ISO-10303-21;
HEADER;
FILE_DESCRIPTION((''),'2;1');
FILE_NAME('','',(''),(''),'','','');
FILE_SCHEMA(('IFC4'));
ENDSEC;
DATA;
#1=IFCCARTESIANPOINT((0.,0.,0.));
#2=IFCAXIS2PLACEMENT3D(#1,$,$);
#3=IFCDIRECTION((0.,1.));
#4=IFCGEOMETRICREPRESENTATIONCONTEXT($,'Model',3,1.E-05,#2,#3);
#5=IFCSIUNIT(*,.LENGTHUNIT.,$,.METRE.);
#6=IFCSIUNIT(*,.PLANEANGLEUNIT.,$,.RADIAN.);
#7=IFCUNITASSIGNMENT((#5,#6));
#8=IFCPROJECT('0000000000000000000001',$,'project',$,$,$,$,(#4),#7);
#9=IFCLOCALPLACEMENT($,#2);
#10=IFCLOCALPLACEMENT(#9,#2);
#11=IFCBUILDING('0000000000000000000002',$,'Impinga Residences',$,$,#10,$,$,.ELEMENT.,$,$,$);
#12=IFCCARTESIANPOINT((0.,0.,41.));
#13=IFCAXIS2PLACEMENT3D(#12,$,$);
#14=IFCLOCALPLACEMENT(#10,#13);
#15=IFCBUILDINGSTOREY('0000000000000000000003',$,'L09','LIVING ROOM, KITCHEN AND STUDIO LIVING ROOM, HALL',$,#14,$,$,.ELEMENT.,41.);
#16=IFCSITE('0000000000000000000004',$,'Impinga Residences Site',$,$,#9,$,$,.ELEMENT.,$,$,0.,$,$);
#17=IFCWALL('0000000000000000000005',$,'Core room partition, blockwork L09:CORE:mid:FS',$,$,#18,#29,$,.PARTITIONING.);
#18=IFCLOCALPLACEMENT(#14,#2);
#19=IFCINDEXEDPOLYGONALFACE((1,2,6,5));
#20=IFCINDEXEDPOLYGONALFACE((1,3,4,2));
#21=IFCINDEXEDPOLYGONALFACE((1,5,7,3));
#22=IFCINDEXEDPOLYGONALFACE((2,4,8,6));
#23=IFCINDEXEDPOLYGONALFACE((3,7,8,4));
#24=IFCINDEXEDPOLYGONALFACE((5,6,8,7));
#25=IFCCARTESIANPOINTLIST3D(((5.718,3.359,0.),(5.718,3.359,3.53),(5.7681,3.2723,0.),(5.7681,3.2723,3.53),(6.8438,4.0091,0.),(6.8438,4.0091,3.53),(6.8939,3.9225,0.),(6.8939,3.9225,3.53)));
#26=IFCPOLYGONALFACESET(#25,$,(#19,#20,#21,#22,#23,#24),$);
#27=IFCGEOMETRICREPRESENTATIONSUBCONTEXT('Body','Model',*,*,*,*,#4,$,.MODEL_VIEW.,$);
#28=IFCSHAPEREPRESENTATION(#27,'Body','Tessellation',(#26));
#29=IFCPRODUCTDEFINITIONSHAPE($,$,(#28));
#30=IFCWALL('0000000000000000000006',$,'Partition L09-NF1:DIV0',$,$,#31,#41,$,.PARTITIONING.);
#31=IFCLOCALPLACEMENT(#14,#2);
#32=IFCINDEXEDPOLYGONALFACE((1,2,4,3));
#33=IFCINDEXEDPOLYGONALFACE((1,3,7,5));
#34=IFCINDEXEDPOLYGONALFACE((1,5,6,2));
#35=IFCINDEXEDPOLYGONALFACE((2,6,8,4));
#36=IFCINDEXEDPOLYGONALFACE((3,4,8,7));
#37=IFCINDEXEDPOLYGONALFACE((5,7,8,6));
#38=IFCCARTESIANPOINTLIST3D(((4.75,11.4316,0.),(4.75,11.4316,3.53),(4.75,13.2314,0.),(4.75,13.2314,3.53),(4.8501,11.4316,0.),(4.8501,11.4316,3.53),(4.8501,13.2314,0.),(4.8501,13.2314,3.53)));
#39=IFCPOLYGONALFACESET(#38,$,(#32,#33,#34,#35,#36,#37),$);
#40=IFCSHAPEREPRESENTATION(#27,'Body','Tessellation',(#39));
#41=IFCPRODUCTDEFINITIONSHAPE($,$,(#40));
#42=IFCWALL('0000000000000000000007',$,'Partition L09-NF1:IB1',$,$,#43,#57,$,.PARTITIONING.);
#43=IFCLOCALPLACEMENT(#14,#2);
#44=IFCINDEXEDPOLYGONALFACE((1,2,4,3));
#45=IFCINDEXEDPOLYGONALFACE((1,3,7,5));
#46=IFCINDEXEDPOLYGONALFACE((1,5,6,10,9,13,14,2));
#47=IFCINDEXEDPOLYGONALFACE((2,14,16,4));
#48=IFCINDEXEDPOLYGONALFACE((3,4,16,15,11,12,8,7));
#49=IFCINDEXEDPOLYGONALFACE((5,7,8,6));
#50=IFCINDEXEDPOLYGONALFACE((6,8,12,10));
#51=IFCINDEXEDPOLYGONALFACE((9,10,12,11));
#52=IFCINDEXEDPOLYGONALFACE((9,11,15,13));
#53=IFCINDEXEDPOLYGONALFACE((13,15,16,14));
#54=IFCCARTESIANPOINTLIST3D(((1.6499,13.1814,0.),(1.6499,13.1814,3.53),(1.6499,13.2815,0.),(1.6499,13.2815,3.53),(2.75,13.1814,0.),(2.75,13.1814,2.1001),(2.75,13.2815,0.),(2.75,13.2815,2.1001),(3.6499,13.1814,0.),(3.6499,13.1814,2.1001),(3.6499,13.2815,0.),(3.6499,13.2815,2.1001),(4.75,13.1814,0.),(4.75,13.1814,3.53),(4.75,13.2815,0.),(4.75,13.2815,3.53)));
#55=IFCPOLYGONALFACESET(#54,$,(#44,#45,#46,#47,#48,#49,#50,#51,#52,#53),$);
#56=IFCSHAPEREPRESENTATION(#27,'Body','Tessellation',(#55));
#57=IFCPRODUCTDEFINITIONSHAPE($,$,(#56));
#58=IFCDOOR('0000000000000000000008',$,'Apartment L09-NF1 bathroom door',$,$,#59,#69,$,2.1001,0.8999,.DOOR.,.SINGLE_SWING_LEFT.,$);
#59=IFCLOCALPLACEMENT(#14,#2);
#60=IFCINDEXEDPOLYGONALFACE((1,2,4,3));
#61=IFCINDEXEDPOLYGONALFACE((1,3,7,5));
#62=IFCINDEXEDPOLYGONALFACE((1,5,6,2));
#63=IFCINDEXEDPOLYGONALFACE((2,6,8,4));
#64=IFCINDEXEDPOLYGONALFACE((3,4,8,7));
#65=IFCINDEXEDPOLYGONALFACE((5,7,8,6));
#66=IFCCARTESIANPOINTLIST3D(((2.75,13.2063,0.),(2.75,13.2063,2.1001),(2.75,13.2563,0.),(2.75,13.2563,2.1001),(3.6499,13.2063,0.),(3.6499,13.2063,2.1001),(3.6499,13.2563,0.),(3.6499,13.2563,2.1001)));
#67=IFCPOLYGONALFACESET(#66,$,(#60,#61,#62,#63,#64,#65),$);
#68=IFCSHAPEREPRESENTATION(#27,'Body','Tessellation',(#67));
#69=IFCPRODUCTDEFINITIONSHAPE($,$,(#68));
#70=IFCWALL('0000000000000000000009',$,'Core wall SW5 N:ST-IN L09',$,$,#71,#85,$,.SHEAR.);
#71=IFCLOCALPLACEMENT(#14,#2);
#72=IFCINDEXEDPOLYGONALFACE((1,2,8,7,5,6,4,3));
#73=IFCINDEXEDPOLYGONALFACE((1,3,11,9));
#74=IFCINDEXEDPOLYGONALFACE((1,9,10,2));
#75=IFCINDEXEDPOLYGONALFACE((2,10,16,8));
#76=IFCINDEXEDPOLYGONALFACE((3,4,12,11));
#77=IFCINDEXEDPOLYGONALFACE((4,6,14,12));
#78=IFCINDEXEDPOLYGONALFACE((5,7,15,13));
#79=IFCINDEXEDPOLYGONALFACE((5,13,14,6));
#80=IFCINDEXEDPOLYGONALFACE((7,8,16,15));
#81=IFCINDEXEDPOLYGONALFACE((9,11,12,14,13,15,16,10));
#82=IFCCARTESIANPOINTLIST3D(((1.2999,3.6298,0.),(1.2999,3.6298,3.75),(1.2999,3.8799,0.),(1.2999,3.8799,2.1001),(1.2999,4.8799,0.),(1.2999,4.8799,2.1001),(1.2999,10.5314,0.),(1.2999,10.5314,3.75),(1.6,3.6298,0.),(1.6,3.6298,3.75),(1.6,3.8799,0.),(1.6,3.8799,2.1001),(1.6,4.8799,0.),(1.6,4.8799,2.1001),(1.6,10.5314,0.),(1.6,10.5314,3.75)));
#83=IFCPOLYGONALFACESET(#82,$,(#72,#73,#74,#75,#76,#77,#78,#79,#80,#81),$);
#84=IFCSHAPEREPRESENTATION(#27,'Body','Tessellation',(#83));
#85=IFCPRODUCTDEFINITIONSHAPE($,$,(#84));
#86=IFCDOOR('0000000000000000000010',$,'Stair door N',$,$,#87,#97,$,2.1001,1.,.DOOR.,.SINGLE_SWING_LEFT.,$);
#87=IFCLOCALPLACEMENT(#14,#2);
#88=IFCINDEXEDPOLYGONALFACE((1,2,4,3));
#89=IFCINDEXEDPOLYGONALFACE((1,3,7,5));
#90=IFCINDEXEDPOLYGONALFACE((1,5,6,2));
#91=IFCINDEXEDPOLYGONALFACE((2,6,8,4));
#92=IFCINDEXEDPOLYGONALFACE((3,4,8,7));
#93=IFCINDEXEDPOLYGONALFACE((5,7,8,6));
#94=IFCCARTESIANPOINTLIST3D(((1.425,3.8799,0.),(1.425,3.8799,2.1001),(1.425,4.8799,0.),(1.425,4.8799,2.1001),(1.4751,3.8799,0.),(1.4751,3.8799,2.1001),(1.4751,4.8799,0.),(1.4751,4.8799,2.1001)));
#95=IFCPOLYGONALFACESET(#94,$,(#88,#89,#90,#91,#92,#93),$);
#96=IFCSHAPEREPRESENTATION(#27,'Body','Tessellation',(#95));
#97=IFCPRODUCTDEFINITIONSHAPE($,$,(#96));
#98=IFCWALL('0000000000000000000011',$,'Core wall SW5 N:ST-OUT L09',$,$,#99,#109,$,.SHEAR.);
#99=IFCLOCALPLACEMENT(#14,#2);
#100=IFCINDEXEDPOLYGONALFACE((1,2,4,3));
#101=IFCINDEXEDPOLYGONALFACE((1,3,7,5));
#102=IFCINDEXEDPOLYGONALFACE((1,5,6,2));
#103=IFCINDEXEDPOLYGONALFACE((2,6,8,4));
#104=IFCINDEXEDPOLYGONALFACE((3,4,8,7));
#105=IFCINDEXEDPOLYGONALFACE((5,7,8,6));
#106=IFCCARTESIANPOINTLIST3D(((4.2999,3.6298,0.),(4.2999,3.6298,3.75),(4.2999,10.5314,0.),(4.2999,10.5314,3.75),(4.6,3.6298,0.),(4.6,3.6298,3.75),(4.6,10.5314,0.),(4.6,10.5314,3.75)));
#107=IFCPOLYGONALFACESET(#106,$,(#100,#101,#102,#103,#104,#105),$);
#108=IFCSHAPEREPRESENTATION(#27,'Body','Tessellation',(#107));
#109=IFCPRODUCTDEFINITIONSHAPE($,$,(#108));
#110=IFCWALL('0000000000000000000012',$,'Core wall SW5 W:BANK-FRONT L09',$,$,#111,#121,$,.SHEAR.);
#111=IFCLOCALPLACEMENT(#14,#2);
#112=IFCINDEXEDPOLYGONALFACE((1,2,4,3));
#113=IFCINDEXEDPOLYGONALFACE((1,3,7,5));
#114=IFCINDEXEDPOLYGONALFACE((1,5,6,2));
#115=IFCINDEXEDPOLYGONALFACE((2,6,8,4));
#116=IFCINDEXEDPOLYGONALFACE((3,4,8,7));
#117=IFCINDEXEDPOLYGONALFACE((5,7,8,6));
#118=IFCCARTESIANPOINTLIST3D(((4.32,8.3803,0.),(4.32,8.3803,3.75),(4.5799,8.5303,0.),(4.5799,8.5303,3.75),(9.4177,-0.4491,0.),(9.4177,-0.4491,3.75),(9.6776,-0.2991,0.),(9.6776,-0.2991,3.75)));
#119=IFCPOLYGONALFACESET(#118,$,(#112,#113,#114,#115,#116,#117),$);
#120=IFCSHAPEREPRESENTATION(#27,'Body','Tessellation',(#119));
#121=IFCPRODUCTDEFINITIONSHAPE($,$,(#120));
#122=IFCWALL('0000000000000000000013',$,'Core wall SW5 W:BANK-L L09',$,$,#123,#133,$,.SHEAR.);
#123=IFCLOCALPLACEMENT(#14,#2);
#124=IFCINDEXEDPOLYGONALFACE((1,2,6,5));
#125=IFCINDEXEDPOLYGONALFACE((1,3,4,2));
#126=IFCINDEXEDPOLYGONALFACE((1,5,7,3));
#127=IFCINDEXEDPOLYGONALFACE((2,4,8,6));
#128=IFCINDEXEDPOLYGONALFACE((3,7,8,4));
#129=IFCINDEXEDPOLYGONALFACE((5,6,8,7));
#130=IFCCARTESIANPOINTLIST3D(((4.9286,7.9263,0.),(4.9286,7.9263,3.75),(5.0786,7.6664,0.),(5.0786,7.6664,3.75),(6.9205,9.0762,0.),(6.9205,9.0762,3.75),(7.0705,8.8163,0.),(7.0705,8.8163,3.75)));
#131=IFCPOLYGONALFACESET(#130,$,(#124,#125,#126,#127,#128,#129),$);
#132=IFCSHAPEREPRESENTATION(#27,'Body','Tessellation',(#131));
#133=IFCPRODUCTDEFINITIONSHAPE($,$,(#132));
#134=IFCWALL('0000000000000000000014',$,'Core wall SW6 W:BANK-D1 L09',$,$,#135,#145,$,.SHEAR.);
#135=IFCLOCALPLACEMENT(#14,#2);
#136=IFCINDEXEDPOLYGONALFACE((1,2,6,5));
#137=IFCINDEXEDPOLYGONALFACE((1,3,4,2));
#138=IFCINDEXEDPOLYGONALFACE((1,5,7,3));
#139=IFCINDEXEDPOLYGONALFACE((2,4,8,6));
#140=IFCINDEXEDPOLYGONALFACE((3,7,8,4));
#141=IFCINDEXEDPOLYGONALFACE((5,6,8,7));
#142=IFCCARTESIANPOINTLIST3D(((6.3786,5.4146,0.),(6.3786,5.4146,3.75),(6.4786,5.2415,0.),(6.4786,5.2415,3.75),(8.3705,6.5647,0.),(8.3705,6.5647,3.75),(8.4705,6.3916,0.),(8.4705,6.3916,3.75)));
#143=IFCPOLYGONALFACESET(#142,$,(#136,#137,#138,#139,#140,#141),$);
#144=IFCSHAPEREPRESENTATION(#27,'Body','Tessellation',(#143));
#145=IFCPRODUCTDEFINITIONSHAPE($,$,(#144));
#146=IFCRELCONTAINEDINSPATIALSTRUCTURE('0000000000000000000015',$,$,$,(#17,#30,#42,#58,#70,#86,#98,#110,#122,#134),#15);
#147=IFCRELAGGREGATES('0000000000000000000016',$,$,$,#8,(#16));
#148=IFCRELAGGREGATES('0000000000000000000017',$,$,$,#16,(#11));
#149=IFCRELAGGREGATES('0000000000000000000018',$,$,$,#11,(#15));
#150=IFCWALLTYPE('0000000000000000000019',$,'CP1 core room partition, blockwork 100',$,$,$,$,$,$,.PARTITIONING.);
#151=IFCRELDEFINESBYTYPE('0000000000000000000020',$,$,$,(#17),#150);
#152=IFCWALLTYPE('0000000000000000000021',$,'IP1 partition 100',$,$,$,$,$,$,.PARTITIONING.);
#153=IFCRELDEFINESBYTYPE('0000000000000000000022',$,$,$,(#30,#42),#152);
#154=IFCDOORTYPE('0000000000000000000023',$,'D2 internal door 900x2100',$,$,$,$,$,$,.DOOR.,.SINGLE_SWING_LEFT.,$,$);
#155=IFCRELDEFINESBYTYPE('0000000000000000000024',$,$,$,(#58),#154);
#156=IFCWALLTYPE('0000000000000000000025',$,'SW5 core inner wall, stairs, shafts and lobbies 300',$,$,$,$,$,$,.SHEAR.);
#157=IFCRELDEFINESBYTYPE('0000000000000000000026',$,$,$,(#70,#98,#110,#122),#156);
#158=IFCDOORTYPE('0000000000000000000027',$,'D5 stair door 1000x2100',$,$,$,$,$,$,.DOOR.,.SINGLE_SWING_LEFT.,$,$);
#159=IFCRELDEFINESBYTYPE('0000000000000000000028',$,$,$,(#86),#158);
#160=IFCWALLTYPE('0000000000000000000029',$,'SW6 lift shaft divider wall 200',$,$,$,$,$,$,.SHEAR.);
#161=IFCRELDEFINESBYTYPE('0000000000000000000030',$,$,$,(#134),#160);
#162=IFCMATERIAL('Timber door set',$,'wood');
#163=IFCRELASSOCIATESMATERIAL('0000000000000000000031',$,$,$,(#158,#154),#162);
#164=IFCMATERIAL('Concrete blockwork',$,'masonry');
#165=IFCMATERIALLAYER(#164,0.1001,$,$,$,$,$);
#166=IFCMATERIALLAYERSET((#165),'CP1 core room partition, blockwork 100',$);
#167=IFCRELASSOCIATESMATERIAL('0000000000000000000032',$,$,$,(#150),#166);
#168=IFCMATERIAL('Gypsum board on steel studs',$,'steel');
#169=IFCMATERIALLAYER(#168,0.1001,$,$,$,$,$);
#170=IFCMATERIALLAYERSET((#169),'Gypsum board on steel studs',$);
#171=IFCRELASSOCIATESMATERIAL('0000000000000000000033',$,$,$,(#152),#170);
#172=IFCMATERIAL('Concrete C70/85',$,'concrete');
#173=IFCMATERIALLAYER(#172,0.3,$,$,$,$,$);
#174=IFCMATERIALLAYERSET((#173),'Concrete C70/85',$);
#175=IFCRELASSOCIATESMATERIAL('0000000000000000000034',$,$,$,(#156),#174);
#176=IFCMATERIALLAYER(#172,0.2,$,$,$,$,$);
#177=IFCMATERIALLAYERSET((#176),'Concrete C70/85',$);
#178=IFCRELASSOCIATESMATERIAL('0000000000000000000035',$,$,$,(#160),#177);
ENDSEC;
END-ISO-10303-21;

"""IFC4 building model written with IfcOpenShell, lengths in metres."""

from ifc_helpers import new_model, si_unit, direction, frame, frame_2d, origin, place, context, subcontext, project, spatial, rectangle, extrude, material, layer, layer_set, type_object, element, fill, save


model = new_model("IFC4")

# Units and contexts
model_context = context("Model", 3, precision=1e-05, world=origin(), true_north=direction((0.0, 1.0)))
body_context = subcontext(model_context, "Body", "Model", "MODEL_VIEW")
ifc_project = project(units=[si_unit("LENGTHUNIT", "METRE"), si_unit("PLANEANGLEUNIT", "RADIAN")], contexts=[model_context])

# Site, building, storey
site_placement = place(None, origin())
site = spatial("IfcSite", under=ifc_project, at=site_placement, Name="Impinga Residences Site", CompositionType="ELEMENT", RefElevation=0.0)
building_placement = place(site_placement, origin())
building = spatial("IfcBuilding", under=site, at=building_placement, Name="Impinga Residences", CompositionType="ELEMENT")
storey_placement = place(building_placement, frame((0.0, 0.0, 41.0)))
storey = spatial("IfcBuildingStorey", under=building, at=storey_placement, Name="L09", Description="LIVING ROOM, KITCHEN AND STUDIO LIVING ROOM, HALL", CompositionType="ELEMENT", Elevation=41.0)

# Shared definitions
ifc_material_1 = material(Name="Concrete C70/85", Category="concrete")
ifc_material_2 = material(Name="Timber door set", Category="wood")
door_type_1 = type_object("IfcDoorType", Name="D5 stair door 1000x2100", OperationType="SINGLE_SWING_LEFT", PredefinedType="DOOR", material=ifc_material_2)
ifc_material_3 = material(Name="Concrete blockwork", Category="masonry")
ifc_layer_1 = layer(ifc_material_3, 0.1001)
ifc_layer_set_1 = layer_set([ifc_layer_1], Name="CP1 core room partition, blockwork 100")
wall_type_1 = type_object("IfcWallType", Name="CP1 core room partition, blockwork 100", PredefinedType="PARTITIONING", material=ifc_layer_set_1)

# Walls
wall_1_placement = place(storey_placement, frame((5.7432, 3.3157, 0.0), z_axis=(0.0, 0.0, 1.0), x_axis=(0.865957, 0.500118, 0.0)))
element("IfcWall", 1, at=wall_1_placement, inside=storey, type_object=wall_type_1, Name="Core room partition, blockwork L09:CORE:mid:FS", PredefinedType="PARTITIONING", context=body_context, shape_type="SweptSolid", body=[
    extrude(rectangle(XDim=1.3, YDim=0.1001, at=frame_2d((0.6499, 0.0))), origin(), (0.0, 0.0, 1.0), 3.53),
])
ifc_material_4 = material(Name="Gypsum board on steel studs", Category="steel")
ifc_layer_2 = layer(ifc_material_4, 0.1001)
ifc_layer_set_2 = layer_set([ifc_layer_2], Name="Gypsum board on steel studs")
wall_type_2 = type_object("IfcWallType", Name="IP1 partition 100", PredefinedType="PARTITIONING", material=ifc_layer_set_2)
wall_2_placement = place(storey_placement, frame((4.8, 11.4316, 0.0), z_axis=(0.0, 0.0, 1.0), x_axis=(0.0, 1.0, 0.0)))
element("IfcWall", 2, at=wall_2_placement, inside=storey, type_object=wall_type_2, Name="Partition L09-NF1:DIV0", PredefinedType="PARTITIONING", context=body_context, shape_type="SweptSolid", body=[
    extrude(rectangle(XDim=1.7998, YDim=0.1001, at=frame_2d((0.8999, 0.0))), origin(), (0.0, 0.0, 1.0), 3.53),
])

# Walls, openings, doors
wall_3_placement = place(storey_placement, frame((1.6499, 13.2314, 0.0), z_axis=(0.0, 0.0, 1.0), x_axis=(1.0, 0.0, 0.0)))
wall_3 = element("IfcWall", 3, at=wall_3_placement, inside=storey, type_object=wall_type_2, Name="Partition L09-NF1:IB1", PredefinedType="PARTITIONING", context=body_context, shape_type="SweptSolid", body=[
    extrude(rectangle(XDim=3.1001, YDim=0.1001, at=frame_2d((1.55, 0.0))), origin(), (0.0, 0.0, 1.0), 3.53),
])
opening_1_placement = place(wall_3_placement, frame((1.1001, 0.0, 0.0)))
opening_1 = element("IfcOpeningElement", 4, at=opening_1_placement, cuts=wall_3, PredefinedType="OPENING", context=body_context, shape_type="SweptSolid", body=[
    extrude(rectangle(XDim=0.8999, YDim=2.1001, at=frame_2d((0.45, 1.05))), frame((0.0, 0.0601, 0.0), z_axis=(0.0, -1.0, 0.0), x_axis=(1.0, 0.0, 0.0)), (0.0, 0.0, 1.0), 0.1201),
])
door_type_2 = type_object("IfcDoorType", Name="D2 internal door 900x2100", OperationType="SINGLE_SWING_LEFT", PredefinedType="DOOR", material=ifc_material_2)
door_1_placement = place(opening_1_placement, origin())
door_1 = element("IfcDoor", 5, at=door_1_placement, inside=storey, type_object=door_type_2, Name="Apartment L09-NF1 bathroom door", OperationType="SINGLE_SWING_LEFT", OverallHeight=2.1001, OverallWidth=0.8999, PredefinedType="DOOR", context=body_context, shape_type="SweptSolid", body=[
    extrude(rectangle(XDim=0.8999, YDim=2.1001, at=frame_2d((0.45, 1.05))), frame((0.0, 0.0249, 0.0), z_axis=(0.0, -1.0, 0.0), x_axis=(1.0, 0.0, 0.0)), (0.0, 0.0, 1.0), 0.05),
])
fill(opening_1, door_1)
ifc_layer_3 = layer(ifc_material_1, 0.3)
ifc_layer_set_3 = layer_set([ifc_layer_3], Name="Concrete C70/85")
wall_type_3 = type_object("IfcWallType", Name="SW5 core inner wall, stairs, shafts and lobbies 300", PredefinedType="SHEAR", material=ifc_layer_set_3)
wall_4_placement = place(storey_placement, frame((1.45, 3.6299, 0.0), z_axis=(0.0, 0.0, 1.0), x_axis=(0.0, 1.0, 0.0)))
wall_4 = element("IfcWall", 6, at=wall_4_placement, inside=storey, type_object=wall_type_3, Name="Core wall SW5 N:ST-IN L09", PredefinedType="SHEAR", context=body_context, shape_type="SweptSolid", body=[
    extrude(rectangle(XDim=6.9016, YDim=0.3, at=frame_2d((3.4507, 0.0))), origin(), (0.0, 0.0, 1.0), 3.75),
])
opening_2_placement = place(wall_4_placement, frame((0.25, 0.0, 0.0)))
opening_2 = element("IfcOpeningElement", 7, at=opening_2_placement, cuts=wall_4, PredefinedType="OPENING", context=body_context, shape_type="SweptSolid", body=[
    extrude(rectangle(XDim=1.0, YDim=2.1001, at=frame_2d((0.5, 1.05))), frame((0.0, 0.1599, 0.0), z_axis=(0.0, -1.0, 0.0), x_axis=(1.0, 0.0, 0.0)), (0.0, 0.0, 1.0), 0.3201),
])
door_2_placement = place(opening_2_placement, origin())
door_2 = element("IfcDoor", 8, at=door_2_placement, inside=storey, type_object=door_type_1, Name="Stair door N", OperationType="SINGLE_SWING_LEFT", OverallHeight=2.1001, OverallWidth=1.0, PredefinedType="DOOR", context=body_context, shape_type="SweptSolid", body=[
    extrude(rectangle(XDim=1.0, YDim=2.1001, at=frame_2d((0.5, 1.05))), frame((0.0, 0.0249, 0.0), z_axis=(0.0, -1.0, 0.0), x_axis=(1.0, 0.0, 0.0)), (0.0, 0.0, 1.0), 0.05),
])
fill(opening_2, door_2)

# Walls
wall_5_placement = place(storey_placement, frame((4.45, 3.6299, 0.0), z_axis=(0.0, 0.0, 1.0), x_axis=(0.0, 1.0, 0.0)))
element("IfcWall", 9, at=wall_5_placement, inside=storey, type_object=wall_type_3, Name="Core wall SW5 N:ST-OUT L09", PredefinedType="SHEAR", context=body_context, shape_type="SweptSolid", body=[
    extrude(rectangle(XDim=6.9016, YDim=0.3, at=frame_2d((3.4507, 0.0))), origin(), (0.0, 0.0, 1.0), 3.75),
])
wall_6_placement = place(storey_placement, frame((4.45, 8.4553, 0.0), z_axis=(0.0, 0.0, 1.0), x_axis=(0.500002, -0.866024, 0.0)))
element("IfcWall", 10, at=wall_6_placement, inside=storey, type_object=wall_type_3, Name="Core wall SW5 W:BANK-FRONT L09", PredefinedType="SHEAR", context=body_context, shape_type="SweptSolid", body=[
    extrude(rectangle(XDim=10.1953, YDim=0.3, at=frame_2d((5.0977, 0.0))), origin(), (0.0, 0.0, 1.0), 3.75),
])
wall_7_placement = place(storey_placement, frame((5.0037, 7.7964, 0.0), z_axis=(0.0, 0.0, 1.0), x_axis=(0.866053, 0.499952, 0.0)))
element("IfcWall", 11, at=wall_7_placement, inside=storey, type_object=wall_type_3, Name="Core wall SW5 W:BANK-L L09", PredefinedType="SHEAR", context=body_context, shape_type="SweptSolid", body=[
    extrude(rectangle(XDim=2.3, YDim=0.3, at=frame_2d((1.1499, 0.0))), origin(), (0.0, 0.0, 1.0), 3.75),
])
ifc_layer_4 = layer(ifc_material_1, 0.2)
ifc_layer_set_4 = layer_set([ifc_layer_4], Name="Concrete C70/85")
wall_type_4 = type_object("IfcWallType", Name="SW6 lift shaft divider wall 200", PredefinedType="SHEAR", material=ifc_layer_set_4)
wall_8_placement = place(storey_placement, frame((6.4287, 5.3281, 0.0), z_axis=(0.0, 0.0, 1.0), x_axis=(0.866007, 0.500032, 0.0)))
element("IfcWall", 12, at=wall_8_placement, inside=storey, type_object=wall_type_4, Name="Core wall SW6 W:BANK-D1 L09", PredefinedType="SHEAR", context=body_context, shape_type="SweptSolid", body=[
    extrude(rectangle(XDim=2.3, YDim=0.2, at=frame_2d((1.1499, 0.0))), origin(), (0.0, 0.0, 1.0), 3.75),
])

save(model, "model.ifc")
